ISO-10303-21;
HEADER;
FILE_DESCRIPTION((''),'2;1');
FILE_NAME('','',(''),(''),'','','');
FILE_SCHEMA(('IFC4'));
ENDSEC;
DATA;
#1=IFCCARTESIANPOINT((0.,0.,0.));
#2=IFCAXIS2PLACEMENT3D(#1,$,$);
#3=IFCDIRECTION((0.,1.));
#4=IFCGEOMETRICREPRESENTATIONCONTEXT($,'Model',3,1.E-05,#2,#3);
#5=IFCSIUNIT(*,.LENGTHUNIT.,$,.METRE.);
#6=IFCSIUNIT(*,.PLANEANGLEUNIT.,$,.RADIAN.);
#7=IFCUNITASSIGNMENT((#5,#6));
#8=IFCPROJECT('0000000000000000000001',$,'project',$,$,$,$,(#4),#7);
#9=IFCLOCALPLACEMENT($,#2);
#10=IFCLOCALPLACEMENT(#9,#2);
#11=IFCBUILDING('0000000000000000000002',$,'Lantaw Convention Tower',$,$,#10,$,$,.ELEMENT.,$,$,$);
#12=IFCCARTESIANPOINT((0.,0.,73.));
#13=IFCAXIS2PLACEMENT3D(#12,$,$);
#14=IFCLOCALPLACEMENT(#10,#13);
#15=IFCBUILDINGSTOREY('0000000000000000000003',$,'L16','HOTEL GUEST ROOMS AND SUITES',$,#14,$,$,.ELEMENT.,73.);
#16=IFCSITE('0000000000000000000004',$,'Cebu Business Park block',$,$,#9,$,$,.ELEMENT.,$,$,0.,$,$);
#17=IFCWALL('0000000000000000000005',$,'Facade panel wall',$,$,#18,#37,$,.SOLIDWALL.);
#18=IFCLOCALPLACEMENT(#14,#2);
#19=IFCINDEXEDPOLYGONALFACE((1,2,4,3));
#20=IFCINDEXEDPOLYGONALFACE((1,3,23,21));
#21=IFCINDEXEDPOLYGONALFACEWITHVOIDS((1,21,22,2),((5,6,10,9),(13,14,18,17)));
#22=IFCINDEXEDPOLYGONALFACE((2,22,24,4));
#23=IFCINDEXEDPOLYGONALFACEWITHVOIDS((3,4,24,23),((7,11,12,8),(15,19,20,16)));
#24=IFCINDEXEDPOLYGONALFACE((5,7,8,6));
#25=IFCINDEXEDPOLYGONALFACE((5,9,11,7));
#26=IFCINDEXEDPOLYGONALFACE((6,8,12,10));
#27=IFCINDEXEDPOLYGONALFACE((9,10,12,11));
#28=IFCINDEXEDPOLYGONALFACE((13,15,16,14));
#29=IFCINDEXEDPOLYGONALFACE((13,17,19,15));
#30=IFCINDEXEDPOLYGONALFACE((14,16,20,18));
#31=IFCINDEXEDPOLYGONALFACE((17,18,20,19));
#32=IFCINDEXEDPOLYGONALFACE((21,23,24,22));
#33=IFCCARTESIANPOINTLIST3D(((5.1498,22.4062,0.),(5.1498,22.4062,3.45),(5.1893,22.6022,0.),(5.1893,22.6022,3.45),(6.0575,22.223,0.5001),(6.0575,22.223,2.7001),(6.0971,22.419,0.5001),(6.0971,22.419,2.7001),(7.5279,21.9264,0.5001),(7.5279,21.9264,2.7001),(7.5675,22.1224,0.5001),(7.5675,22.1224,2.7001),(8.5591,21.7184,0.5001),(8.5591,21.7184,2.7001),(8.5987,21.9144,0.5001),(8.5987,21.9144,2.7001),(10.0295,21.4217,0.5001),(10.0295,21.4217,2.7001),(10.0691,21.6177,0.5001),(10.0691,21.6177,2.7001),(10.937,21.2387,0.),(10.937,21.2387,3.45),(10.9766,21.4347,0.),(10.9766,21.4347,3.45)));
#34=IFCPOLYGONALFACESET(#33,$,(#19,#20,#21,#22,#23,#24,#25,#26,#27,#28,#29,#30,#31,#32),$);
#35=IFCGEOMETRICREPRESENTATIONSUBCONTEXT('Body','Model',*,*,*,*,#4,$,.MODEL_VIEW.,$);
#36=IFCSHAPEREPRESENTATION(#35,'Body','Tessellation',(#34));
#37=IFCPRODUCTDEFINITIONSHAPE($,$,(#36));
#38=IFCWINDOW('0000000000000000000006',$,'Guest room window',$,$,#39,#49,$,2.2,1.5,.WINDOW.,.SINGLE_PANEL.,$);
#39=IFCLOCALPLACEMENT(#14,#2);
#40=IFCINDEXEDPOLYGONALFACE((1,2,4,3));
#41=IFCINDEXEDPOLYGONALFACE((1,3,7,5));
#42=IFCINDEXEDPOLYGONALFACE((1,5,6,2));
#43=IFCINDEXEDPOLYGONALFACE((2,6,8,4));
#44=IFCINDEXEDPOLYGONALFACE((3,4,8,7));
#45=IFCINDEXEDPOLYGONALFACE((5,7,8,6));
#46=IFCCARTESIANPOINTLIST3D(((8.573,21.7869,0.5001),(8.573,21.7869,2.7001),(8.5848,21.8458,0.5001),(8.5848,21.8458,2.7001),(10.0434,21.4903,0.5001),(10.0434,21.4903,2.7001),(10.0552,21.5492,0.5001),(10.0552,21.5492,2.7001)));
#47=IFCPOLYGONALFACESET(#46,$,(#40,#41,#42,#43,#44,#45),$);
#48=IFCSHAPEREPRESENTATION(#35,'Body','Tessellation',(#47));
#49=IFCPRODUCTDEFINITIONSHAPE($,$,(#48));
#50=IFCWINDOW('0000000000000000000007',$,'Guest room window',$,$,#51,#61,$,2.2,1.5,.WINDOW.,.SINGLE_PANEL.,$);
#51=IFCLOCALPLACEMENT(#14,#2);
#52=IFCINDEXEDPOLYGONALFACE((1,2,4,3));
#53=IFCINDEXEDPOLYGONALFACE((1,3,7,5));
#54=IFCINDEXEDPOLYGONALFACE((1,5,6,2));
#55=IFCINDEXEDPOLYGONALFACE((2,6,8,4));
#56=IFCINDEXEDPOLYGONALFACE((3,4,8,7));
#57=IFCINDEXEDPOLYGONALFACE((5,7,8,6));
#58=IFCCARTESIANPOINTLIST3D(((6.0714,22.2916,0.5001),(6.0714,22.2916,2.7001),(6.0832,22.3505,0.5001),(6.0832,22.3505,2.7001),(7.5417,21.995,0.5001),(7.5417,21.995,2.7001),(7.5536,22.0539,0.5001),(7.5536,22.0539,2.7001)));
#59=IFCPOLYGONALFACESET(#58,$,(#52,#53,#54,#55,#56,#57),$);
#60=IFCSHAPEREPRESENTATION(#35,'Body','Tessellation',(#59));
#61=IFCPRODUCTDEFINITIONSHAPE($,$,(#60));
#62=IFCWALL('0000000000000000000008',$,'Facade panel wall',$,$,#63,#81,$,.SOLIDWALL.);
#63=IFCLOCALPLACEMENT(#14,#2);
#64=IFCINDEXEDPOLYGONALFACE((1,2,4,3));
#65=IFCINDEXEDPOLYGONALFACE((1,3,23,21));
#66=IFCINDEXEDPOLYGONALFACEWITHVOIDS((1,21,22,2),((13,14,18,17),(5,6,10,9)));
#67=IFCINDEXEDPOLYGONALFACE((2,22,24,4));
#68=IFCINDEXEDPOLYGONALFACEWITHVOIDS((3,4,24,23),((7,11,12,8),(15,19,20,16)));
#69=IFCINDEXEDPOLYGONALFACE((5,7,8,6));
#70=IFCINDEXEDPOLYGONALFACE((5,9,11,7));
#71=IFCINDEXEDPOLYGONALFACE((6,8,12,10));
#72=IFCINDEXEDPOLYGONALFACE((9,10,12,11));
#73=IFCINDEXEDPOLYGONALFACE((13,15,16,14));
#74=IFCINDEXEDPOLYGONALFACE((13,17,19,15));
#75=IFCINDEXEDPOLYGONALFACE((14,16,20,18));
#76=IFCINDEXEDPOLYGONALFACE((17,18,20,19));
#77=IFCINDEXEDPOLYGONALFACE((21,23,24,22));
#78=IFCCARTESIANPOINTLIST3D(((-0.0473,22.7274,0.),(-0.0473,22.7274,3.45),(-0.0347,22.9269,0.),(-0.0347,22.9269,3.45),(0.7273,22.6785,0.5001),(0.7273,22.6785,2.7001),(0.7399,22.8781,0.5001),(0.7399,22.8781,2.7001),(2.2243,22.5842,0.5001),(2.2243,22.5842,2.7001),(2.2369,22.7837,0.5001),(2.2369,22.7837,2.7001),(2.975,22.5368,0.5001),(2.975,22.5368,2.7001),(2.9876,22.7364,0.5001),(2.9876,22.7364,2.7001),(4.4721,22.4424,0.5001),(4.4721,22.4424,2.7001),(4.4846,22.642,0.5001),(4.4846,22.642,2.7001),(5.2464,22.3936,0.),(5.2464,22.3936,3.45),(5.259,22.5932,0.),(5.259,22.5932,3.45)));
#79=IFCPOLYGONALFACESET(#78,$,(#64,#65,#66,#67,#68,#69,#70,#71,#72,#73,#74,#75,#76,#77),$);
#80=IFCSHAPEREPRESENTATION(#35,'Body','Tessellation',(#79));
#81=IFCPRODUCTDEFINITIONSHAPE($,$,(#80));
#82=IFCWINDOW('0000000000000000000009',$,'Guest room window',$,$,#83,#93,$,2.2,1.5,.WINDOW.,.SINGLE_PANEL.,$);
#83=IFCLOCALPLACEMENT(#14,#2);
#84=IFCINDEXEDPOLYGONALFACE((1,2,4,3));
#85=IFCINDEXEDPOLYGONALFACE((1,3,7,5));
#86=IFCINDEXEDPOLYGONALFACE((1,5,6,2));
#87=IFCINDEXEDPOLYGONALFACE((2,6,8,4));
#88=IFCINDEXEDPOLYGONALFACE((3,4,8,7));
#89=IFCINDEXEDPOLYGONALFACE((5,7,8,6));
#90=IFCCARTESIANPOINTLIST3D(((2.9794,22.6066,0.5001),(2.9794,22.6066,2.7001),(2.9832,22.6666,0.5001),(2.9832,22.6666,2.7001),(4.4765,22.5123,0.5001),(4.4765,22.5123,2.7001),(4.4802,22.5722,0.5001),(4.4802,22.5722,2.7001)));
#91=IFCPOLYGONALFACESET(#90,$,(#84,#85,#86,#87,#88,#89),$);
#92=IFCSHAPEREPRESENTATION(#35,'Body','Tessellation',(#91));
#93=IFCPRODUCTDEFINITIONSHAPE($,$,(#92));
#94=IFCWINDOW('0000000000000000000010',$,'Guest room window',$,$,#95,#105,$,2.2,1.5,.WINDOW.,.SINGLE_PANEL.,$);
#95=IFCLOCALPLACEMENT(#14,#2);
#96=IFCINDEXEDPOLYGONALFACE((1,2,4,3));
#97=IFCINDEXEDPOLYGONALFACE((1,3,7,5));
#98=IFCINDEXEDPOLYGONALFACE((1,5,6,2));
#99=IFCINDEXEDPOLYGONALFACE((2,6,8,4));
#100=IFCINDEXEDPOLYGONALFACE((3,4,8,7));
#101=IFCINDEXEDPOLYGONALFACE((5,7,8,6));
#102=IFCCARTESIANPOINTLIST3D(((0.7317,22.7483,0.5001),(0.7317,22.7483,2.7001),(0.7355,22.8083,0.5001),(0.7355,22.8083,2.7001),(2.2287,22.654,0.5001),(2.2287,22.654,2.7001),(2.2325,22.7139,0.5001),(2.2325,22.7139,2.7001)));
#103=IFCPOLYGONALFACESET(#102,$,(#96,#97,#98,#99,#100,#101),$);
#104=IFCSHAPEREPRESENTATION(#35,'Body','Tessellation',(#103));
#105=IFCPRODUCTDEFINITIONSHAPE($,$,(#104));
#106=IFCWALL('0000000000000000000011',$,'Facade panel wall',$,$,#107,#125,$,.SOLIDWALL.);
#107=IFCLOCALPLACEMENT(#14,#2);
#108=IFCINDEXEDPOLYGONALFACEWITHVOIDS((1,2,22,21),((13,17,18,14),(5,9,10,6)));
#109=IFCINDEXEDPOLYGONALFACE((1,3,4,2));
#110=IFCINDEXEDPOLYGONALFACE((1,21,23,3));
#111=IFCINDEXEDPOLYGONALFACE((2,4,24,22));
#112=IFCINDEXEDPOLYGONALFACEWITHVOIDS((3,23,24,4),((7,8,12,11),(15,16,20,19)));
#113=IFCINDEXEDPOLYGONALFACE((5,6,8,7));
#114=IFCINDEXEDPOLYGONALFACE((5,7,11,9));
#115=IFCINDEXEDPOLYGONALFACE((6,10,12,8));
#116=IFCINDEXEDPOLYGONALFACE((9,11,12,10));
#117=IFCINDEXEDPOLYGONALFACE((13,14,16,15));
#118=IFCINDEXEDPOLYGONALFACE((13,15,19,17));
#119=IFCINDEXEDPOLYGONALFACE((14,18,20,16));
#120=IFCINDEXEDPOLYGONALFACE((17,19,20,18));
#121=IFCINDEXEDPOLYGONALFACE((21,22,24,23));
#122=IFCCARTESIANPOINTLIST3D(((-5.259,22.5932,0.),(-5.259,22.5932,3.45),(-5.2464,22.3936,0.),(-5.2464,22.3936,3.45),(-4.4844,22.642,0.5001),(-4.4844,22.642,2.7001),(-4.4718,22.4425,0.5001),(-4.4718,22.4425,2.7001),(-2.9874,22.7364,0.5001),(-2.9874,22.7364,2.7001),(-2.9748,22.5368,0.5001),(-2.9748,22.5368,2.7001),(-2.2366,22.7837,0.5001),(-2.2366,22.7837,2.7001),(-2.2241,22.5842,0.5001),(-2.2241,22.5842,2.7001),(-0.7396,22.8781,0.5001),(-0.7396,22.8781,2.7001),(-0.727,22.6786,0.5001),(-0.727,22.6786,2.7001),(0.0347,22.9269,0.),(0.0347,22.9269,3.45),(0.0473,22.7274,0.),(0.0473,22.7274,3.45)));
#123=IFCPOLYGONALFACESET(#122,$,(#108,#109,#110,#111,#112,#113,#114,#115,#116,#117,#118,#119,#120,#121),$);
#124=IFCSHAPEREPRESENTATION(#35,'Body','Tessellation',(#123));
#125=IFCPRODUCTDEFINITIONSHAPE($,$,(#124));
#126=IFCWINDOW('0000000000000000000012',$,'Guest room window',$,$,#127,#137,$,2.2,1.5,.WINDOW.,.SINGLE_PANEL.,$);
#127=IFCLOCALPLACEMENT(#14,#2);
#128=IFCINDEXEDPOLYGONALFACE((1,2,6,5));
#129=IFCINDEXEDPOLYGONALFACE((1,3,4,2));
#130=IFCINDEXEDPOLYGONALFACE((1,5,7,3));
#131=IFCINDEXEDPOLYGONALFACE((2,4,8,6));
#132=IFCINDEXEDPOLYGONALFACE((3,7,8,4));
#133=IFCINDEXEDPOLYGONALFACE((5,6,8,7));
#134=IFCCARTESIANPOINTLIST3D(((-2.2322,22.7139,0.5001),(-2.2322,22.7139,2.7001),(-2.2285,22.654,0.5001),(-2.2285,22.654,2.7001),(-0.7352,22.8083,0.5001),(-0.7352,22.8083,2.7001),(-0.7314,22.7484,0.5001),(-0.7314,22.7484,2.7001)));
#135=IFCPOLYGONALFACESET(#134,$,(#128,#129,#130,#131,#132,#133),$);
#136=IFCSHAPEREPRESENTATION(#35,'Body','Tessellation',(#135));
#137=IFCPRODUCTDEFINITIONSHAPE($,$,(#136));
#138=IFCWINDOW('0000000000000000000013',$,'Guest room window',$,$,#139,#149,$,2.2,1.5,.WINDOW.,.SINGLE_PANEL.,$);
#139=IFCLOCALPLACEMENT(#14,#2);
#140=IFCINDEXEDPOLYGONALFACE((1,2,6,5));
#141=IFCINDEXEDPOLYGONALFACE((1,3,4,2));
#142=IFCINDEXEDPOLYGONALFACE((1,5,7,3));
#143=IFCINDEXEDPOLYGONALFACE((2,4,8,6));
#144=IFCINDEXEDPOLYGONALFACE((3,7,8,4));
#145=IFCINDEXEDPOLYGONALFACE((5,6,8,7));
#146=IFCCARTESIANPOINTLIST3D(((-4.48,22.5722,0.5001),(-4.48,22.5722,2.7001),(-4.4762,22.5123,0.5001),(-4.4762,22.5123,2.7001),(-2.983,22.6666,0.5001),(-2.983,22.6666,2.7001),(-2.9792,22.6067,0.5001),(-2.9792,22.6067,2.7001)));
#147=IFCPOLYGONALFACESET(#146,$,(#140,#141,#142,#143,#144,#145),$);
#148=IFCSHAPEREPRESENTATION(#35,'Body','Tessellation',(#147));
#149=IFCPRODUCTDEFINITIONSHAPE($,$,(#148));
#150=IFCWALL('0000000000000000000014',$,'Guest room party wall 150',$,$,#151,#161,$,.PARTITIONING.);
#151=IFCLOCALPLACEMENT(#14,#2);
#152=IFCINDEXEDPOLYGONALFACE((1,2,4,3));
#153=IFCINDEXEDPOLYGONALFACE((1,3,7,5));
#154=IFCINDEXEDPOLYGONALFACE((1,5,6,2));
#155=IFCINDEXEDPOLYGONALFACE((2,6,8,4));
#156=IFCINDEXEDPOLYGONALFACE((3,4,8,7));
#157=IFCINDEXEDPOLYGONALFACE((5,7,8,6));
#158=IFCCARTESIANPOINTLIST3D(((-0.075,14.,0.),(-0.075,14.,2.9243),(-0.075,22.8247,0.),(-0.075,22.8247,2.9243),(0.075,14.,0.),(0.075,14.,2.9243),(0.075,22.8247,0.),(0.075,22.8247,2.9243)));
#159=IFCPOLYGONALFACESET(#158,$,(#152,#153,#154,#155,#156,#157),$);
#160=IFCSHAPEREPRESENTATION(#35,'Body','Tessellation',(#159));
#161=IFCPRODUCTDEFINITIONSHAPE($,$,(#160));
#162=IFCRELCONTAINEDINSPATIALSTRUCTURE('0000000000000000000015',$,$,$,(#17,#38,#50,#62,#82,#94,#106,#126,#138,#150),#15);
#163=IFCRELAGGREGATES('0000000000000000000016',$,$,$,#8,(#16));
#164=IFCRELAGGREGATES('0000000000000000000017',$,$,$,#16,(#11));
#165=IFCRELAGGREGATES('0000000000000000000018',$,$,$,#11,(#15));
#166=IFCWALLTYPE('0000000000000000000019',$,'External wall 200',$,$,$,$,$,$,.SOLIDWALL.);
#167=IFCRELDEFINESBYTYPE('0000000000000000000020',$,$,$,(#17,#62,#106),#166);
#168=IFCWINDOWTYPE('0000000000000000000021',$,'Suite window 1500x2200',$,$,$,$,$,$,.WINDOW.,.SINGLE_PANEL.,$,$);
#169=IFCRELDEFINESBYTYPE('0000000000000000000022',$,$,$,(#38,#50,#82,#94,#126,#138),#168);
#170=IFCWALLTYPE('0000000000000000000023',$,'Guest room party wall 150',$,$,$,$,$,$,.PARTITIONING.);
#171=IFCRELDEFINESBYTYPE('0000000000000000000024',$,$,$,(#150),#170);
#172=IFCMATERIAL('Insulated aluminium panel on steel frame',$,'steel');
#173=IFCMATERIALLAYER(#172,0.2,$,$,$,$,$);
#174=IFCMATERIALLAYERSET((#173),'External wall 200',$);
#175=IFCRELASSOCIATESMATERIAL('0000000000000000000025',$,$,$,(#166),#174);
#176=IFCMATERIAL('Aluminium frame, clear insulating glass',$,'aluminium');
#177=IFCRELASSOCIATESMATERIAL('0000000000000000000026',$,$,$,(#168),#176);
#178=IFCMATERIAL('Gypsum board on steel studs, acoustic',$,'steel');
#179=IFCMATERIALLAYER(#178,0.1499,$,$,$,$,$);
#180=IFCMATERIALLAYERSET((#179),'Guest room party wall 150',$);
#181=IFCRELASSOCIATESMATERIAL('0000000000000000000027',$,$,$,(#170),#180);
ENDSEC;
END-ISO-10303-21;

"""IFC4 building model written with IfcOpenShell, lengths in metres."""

from ifc_helpers import new_model, si_unit, direction, frame, frame_2d, origin, place, context, subcontext, project, spatial, rectangle, extrude, material, layer, layer_set, type_object, element, fill, save


model = new_model("IFC4")

# Units and contexts
model_context = context("Model", 3, precision=1e-05, world=origin(), true_north=direction((0.0, 1.0)))
body_context = subcontext(model_context, "Body", "Model", "MODEL_VIEW")
ifc_project = project(units=[si_unit("LENGTHUNIT", "METRE"), si_unit("PLANEANGLEUNIT", "RADIAN")], contexts=[model_context])

# Site, building, storey
site_placement = place(None, origin())
site = spatial("IfcSite", under=ifc_project, at=site_placement, Name="Cebu Business Park block", CompositionType="ELEMENT", RefElevation=0.0)
building_placement = place(site_placement, origin())
building = spatial("IfcBuilding", under=site, at=building_placement, Name="Lantaw Convention Tower", CompositionType="ELEMENT")
storey_placement = place(building_placement, frame((0.0, 0.0, 73.0)))
storey = spatial("IfcBuildingStorey", under=building, at=storey_placement, Name="L16", Description="HOTEL GUEST ROOMS AND SUITES", CompositionType="ELEMENT", Elevation=73.0)

# Walls, openings, windows
ifc_material_1 = material(Name="Insulated aluminium panel on steel frame", Category="steel")
ifc_layer_1 = layer(ifc_material_1, 0.2)
ifc_layer_set_1 = layer_set([ifc_layer_1], Name="External wall 200")
wall_type_1 = type_object("IfcWallType", Name="External wall 200", PredefinedType="SOLIDWALL", material=ifc_layer_set_1)
wall_1_placement = place(storey_placement, frame((10.9568, 21.3367, 0.0), z_axis=(0.0, 0.0, 1.0), x_axis=(-0.980252, 0.197754, 0.0)))
wall_1 = element("IfcWall", 1, at=wall_1_placement, inside=storey, type_object=wall_type_1, Name="Facade panel wall", PredefinedType="SOLIDWALL", context=body_context, shape_type="SweptSolid", body=[
    extrude(rectangle(XDim=5.9038, YDim=0.2, at=frame_2d((2.9519, 0.0))), origin(), (0.0, 0.0, 1.0), 3.45),
])
opening_1_placement = place(wall_1_placement, frame((0.9258, 0.0, 0.5)))
opening_1 = element("IfcOpeningElement", 2, at=opening_1_placement, cuts=wall_1, PredefinedType="OPENING", context=body_context, shape_type="SweptSolid", body=[
    extrude(rectangle(XDim=1.5, YDim=2.2, at=frame_2d((0.75, 1.1001))), frame((0.0, 0.1099, 0.0), z_axis=(0.0, -1.0, 0.0), x_axis=(1.0, 0.0, 0.0)), (0.0, 0.0, 1.0), 0.22),
])
opening_2_placement = place(wall_1_placement, frame((3.4778, 0.0, 0.5)))
opening_2 = element("IfcOpeningElement", 3, at=opening_2_placement, cuts=wall_1, PredefinedType="OPENING", context=body_context, shape_type="SweptSolid", body=[
    extrude(rectangle(XDim=1.5, YDim=2.2, at=frame_2d((0.75, 1.1001))), frame((0.0, 0.1099, 0.0), z_axis=(0.0, -1.0, 0.0), x_axis=(1.0, 0.0, 0.0)), (0.0, 0.0, 1.0), 0.22),
])
ifc_material_2 = material(Name="Aluminium frame, clear insulating glass", Category="aluminium")
window_type = type_object("IfcWindowType", Name="Suite window 1500x2200", PartitioningType="SINGLE_PANEL", PredefinedType="WINDOW", material=ifc_material_2)
window_1_placement = place(opening_1_placement, origin())
window_1 = element("IfcWindow", 4, at=window_1_placement, inside=storey, type_object=window_type, Name="Guest room window", OverallHeight=2.2, OverallWidth=1.5, PartitioningType="SINGLE_PANEL", PredefinedType="WINDOW", context=body_context, shape_type="SweptSolid", body=[
    extrude(rectangle(XDim=1.5, YDim=2.2, at=frame_2d((0.75, 1.1001))), frame((0.0, 0.03, 0.0), z_axis=(0.0, -1.0, 0.0), x_axis=(1.0, 0.0, 0.0)), (0.0, 0.0, 1.0), 0.0601),
])
fill(opening_1, window_1)
window_2_placement = place(opening_2_placement, origin())
window_2 = element("IfcWindow", 5, at=window_2_placement, inside=storey, type_object=window_type, Name="Guest room window", OverallHeight=2.2, OverallWidth=1.5, PartitioningType="SINGLE_PANEL", PredefinedType="WINDOW", context=body_context, shape_type="SweptSolid", body=[
    extrude(rectangle(XDim=1.5, YDim=2.2, at=frame_2d((0.75, 1.1001))), frame((0.0, 0.03, 0.0), z_axis=(0.0, -1.0, 0.0), x_axis=(1.0, 0.0, 0.0)), (0.0, 0.0, 1.0), 0.0601),
])
fill(opening_2, window_2)
wall_2_placement = place(storey_placement, frame((5.2527, 22.4934, 0.0), z_axis=(0.0, 0.0, 1.0), x_axis=(-0.998019, 0.06292, 0.0)))
wall_2 = element("IfcWall", 6, at=wall_2_placement, inside=storey, type_object=wall_type_1, Name="Facade panel wall", PredefinedType="SOLIDWALL", context=body_context, shape_type="SweptSolid", body=[
    extrude(rectangle(XDim=5.3042, YDim=0.2, at=frame_2d((2.6521, 0.0))), origin(), (0.0, 0.0, 1.0), 3.45),
])
opening_3_placement = place(wall_2_placement, frame((0.7759, 0.0, 0.5)))
opening_3 = element("IfcOpeningElement", 7, at=opening_3_placement, cuts=wall_2, PredefinedType="OPENING", context=body_context, shape_type="SweptSolid", body=[
    extrude(rectangle(XDim=1.5, YDim=2.2, at=frame_2d((0.75, 1.1001))), frame((0.0, 0.1099, 0.0), z_axis=(0.0, -1.0, 0.0), x_axis=(1.0, 0.0, 0.0)), (0.0, 0.0, 1.0), 0.22),
])
opening_4_placement = place(wall_2_placement, frame((3.0281, 0.0, 0.5)))
opening_4 = element("IfcOpeningElement", 8, at=opening_4_placement, cuts=wall_2, PredefinedType="OPENING", context=body_context, shape_type="SweptSolid", body=[
    extrude(rectangle(XDim=1.5, YDim=2.2, at=frame_2d((0.75, 1.1001))), frame((0.0, 0.1099, 0.0), z_axis=(0.0, -1.0, 0.0), x_axis=(1.0, 0.0, 0.0)), (0.0, 0.0, 1.0), 0.22),
])
window_3_placement = place(opening_3_placement, origin())
window_3 = element("IfcWindow", 9, at=window_3_placement, inside=storey, type_object=window_type, Name="Guest room window", OverallHeight=2.2, OverallWidth=1.5, PartitioningType="SINGLE_PANEL", PredefinedType="WINDOW", context=body_context, shape_type="SweptSolid", body=[
    extrude(rectangle(XDim=1.5, YDim=2.2, at=frame_2d((0.75, 1.1001))), frame((0.0, 0.03, 0.0), z_axis=(0.0, -1.0, 0.0), x_axis=(1.0, 0.0, 0.0)), (0.0, 0.0, 1.0), 0.0601),
])
fill(opening_3, window_3)
window_4_placement = place(opening_4_placement, origin())
window_4 = element("IfcWindow", 10, at=window_4_placement, inside=storey, type_object=window_type, Name="Guest room window", OverallHeight=2.2, OverallWidth=1.5, PartitioningType="SINGLE_PANEL", PredefinedType="WINDOW", context=body_context, shape_type="SweptSolid", body=[
    extrude(rectangle(XDim=1.5, YDim=2.2, at=frame_2d((0.75, 1.1001))), frame((0.0, 0.03, 0.0), z_axis=(0.0, -1.0, 0.0), x_axis=(1.0, 0.0, 0.0)), (0.0, 0.0, 1.0), 0.0601),
])
fill(opening_4, window_4)
wall_3_placement = place(storey_placement, frame((0.041, 22.8271, 0.0), z_axis=(0.0, 0.0, 1.0), x_axis=(-0.998019, -0.06292, 0.0)))
wall_3 = element("IfcWall", 11, at=wall_3_placement, inside=storey, type_object=wall_type_1, Name="Facade panel wall", PredefinedType="SOLIDWALL", context=body_context, shape_type="SweptSolid", body=[
    extrude(rectangle(XDim=5.3042, YDim=0.2, at=frame_2d((2.6521, 0.0))), origin(), (0.0, 0.0, 1.0), 3.45),
])
opening_5_placement = place(wall_3_placement, frame((0.7759, 0.0, 0.5)))
opening_5 = element("IfcOpeningElement", 12, at=opening_5_placement, cuts=wall_3, PredefinedType="OPENING", context=body_context, shape_type="SweptSolid", body=[
    extrude(rectangle(XDim=1.5, YDim=2.2, at=frame_2d((0.75, 1.1001))), frame((0.0, 0.1099, 0.0), z_axis=(0.0, -1.0, 0.0), x_axis=(1.0, 0.0, 0.0)), (0.0, 0.0, 1.0), 0.22),
])
opening_6_placement = place(wall_3_placement, frame((3.0281, 0.0, 0.5)))
opening_6 = element("IfcOpeningElement", 13, at=opening_6_placement, cuts=wall_3, PredefinedType="OPENING", context=body_context, shape_type="SweptSolid", body=[
    extrude(rectangle(XDim=1.5, YDim=2.2, at=frame_2d((0.75, 1.1001))), frame((0.0, 0.1099, 0.0), z_axis=(0.0, -1.0, 0.0), x_axis=(1.0, 0.0, 0.0)), (0.0, 0.0, 1.0), 0.22),
])
window_5_placement = place(opening_5_placement, origin())
window_5 = element("IfcWindow", 14, at=window_5_placement, inside=storey, type_object=window_type, Name="Guest room window", OverallHeight=2.2, OverallWidth=1.5, PartitioningType="SINGLE_PANEL", PredefinedType="WINDOW", context=body_context, shape_type="SweptSolid", body=[
    extrude(rectangle(XDim=1.5, YDim=2.2, at=frame_2d((0.75, 1.1001))), frame((0.0, 0.03, 0.0), z_axis=(0.0, -1.0, 0.0), x_axis=(1.0, 0.0, 0.0)), (0.0, 0.0, 1.0), 0.0601),
])
fill(opening_5, window_5)
window_6_placement = place(opening_6_placement, origin())
window_6 = element("IfcWindow", 15, at=window_6_placement, inside=storey, type_object=window_type, Name="Guest room window", OverallHeight=2.2, OverallWidth=1.5, PartitioningType="SINGLE_PANEL", PredefinedType="WINDOW", context=body_context, shape_type="SweptSolid", body=[
    extrude(rectangle(XDim=1.5, YDim=2.2, at=frame_2d((0.75, 1.1001))), frame((0.0, 0.03, 0.0), z_axis=(0.0, -1.0, 0.0), x_axis=(1.0, 0.0, 0.0)), (0.0, 0.0, 1.0), 0.0601),
])
fill(opening_6, window_6)

# Wall
ifc_material_3 = material(Name="Gypsum board on steel studs, acoustic", Category="steel")
ifc_layer_2 = layer(ifc_material_3, 0.1499)
ifc_layer_set_2 = layer_set([ifc_layer_2], Name="Guest room party wall 150")
wall_type_2 = type_object("IfcWallType", Name="Guest room party wall 150", PredefinedType="PARTITIONING", material=ifc_layer_set_2)
wall_4_placement = place(storey_placement, frame((0.0, 22.8247, 0.0), z_axis=(0.0, 0.0, 1.0), x_axis=(0.0, -1.0, 0.0)))
element("IfcWall", 16, at=wall_4_placement, inside=storey, type_object=wall_type_2, Name="Guest room party wall 150", PredefinedType="PARTITIONING", context=body_context, shape_type="SweptSolid", body=[
    extrude(rectangle(XDim=8.8247, YDim=0.1499, at=frame_2d((4.4124, 0.0))), origin(), (0.0, 0.0, 1.0), 2.9243),
])

save(model, "model.ifc")
